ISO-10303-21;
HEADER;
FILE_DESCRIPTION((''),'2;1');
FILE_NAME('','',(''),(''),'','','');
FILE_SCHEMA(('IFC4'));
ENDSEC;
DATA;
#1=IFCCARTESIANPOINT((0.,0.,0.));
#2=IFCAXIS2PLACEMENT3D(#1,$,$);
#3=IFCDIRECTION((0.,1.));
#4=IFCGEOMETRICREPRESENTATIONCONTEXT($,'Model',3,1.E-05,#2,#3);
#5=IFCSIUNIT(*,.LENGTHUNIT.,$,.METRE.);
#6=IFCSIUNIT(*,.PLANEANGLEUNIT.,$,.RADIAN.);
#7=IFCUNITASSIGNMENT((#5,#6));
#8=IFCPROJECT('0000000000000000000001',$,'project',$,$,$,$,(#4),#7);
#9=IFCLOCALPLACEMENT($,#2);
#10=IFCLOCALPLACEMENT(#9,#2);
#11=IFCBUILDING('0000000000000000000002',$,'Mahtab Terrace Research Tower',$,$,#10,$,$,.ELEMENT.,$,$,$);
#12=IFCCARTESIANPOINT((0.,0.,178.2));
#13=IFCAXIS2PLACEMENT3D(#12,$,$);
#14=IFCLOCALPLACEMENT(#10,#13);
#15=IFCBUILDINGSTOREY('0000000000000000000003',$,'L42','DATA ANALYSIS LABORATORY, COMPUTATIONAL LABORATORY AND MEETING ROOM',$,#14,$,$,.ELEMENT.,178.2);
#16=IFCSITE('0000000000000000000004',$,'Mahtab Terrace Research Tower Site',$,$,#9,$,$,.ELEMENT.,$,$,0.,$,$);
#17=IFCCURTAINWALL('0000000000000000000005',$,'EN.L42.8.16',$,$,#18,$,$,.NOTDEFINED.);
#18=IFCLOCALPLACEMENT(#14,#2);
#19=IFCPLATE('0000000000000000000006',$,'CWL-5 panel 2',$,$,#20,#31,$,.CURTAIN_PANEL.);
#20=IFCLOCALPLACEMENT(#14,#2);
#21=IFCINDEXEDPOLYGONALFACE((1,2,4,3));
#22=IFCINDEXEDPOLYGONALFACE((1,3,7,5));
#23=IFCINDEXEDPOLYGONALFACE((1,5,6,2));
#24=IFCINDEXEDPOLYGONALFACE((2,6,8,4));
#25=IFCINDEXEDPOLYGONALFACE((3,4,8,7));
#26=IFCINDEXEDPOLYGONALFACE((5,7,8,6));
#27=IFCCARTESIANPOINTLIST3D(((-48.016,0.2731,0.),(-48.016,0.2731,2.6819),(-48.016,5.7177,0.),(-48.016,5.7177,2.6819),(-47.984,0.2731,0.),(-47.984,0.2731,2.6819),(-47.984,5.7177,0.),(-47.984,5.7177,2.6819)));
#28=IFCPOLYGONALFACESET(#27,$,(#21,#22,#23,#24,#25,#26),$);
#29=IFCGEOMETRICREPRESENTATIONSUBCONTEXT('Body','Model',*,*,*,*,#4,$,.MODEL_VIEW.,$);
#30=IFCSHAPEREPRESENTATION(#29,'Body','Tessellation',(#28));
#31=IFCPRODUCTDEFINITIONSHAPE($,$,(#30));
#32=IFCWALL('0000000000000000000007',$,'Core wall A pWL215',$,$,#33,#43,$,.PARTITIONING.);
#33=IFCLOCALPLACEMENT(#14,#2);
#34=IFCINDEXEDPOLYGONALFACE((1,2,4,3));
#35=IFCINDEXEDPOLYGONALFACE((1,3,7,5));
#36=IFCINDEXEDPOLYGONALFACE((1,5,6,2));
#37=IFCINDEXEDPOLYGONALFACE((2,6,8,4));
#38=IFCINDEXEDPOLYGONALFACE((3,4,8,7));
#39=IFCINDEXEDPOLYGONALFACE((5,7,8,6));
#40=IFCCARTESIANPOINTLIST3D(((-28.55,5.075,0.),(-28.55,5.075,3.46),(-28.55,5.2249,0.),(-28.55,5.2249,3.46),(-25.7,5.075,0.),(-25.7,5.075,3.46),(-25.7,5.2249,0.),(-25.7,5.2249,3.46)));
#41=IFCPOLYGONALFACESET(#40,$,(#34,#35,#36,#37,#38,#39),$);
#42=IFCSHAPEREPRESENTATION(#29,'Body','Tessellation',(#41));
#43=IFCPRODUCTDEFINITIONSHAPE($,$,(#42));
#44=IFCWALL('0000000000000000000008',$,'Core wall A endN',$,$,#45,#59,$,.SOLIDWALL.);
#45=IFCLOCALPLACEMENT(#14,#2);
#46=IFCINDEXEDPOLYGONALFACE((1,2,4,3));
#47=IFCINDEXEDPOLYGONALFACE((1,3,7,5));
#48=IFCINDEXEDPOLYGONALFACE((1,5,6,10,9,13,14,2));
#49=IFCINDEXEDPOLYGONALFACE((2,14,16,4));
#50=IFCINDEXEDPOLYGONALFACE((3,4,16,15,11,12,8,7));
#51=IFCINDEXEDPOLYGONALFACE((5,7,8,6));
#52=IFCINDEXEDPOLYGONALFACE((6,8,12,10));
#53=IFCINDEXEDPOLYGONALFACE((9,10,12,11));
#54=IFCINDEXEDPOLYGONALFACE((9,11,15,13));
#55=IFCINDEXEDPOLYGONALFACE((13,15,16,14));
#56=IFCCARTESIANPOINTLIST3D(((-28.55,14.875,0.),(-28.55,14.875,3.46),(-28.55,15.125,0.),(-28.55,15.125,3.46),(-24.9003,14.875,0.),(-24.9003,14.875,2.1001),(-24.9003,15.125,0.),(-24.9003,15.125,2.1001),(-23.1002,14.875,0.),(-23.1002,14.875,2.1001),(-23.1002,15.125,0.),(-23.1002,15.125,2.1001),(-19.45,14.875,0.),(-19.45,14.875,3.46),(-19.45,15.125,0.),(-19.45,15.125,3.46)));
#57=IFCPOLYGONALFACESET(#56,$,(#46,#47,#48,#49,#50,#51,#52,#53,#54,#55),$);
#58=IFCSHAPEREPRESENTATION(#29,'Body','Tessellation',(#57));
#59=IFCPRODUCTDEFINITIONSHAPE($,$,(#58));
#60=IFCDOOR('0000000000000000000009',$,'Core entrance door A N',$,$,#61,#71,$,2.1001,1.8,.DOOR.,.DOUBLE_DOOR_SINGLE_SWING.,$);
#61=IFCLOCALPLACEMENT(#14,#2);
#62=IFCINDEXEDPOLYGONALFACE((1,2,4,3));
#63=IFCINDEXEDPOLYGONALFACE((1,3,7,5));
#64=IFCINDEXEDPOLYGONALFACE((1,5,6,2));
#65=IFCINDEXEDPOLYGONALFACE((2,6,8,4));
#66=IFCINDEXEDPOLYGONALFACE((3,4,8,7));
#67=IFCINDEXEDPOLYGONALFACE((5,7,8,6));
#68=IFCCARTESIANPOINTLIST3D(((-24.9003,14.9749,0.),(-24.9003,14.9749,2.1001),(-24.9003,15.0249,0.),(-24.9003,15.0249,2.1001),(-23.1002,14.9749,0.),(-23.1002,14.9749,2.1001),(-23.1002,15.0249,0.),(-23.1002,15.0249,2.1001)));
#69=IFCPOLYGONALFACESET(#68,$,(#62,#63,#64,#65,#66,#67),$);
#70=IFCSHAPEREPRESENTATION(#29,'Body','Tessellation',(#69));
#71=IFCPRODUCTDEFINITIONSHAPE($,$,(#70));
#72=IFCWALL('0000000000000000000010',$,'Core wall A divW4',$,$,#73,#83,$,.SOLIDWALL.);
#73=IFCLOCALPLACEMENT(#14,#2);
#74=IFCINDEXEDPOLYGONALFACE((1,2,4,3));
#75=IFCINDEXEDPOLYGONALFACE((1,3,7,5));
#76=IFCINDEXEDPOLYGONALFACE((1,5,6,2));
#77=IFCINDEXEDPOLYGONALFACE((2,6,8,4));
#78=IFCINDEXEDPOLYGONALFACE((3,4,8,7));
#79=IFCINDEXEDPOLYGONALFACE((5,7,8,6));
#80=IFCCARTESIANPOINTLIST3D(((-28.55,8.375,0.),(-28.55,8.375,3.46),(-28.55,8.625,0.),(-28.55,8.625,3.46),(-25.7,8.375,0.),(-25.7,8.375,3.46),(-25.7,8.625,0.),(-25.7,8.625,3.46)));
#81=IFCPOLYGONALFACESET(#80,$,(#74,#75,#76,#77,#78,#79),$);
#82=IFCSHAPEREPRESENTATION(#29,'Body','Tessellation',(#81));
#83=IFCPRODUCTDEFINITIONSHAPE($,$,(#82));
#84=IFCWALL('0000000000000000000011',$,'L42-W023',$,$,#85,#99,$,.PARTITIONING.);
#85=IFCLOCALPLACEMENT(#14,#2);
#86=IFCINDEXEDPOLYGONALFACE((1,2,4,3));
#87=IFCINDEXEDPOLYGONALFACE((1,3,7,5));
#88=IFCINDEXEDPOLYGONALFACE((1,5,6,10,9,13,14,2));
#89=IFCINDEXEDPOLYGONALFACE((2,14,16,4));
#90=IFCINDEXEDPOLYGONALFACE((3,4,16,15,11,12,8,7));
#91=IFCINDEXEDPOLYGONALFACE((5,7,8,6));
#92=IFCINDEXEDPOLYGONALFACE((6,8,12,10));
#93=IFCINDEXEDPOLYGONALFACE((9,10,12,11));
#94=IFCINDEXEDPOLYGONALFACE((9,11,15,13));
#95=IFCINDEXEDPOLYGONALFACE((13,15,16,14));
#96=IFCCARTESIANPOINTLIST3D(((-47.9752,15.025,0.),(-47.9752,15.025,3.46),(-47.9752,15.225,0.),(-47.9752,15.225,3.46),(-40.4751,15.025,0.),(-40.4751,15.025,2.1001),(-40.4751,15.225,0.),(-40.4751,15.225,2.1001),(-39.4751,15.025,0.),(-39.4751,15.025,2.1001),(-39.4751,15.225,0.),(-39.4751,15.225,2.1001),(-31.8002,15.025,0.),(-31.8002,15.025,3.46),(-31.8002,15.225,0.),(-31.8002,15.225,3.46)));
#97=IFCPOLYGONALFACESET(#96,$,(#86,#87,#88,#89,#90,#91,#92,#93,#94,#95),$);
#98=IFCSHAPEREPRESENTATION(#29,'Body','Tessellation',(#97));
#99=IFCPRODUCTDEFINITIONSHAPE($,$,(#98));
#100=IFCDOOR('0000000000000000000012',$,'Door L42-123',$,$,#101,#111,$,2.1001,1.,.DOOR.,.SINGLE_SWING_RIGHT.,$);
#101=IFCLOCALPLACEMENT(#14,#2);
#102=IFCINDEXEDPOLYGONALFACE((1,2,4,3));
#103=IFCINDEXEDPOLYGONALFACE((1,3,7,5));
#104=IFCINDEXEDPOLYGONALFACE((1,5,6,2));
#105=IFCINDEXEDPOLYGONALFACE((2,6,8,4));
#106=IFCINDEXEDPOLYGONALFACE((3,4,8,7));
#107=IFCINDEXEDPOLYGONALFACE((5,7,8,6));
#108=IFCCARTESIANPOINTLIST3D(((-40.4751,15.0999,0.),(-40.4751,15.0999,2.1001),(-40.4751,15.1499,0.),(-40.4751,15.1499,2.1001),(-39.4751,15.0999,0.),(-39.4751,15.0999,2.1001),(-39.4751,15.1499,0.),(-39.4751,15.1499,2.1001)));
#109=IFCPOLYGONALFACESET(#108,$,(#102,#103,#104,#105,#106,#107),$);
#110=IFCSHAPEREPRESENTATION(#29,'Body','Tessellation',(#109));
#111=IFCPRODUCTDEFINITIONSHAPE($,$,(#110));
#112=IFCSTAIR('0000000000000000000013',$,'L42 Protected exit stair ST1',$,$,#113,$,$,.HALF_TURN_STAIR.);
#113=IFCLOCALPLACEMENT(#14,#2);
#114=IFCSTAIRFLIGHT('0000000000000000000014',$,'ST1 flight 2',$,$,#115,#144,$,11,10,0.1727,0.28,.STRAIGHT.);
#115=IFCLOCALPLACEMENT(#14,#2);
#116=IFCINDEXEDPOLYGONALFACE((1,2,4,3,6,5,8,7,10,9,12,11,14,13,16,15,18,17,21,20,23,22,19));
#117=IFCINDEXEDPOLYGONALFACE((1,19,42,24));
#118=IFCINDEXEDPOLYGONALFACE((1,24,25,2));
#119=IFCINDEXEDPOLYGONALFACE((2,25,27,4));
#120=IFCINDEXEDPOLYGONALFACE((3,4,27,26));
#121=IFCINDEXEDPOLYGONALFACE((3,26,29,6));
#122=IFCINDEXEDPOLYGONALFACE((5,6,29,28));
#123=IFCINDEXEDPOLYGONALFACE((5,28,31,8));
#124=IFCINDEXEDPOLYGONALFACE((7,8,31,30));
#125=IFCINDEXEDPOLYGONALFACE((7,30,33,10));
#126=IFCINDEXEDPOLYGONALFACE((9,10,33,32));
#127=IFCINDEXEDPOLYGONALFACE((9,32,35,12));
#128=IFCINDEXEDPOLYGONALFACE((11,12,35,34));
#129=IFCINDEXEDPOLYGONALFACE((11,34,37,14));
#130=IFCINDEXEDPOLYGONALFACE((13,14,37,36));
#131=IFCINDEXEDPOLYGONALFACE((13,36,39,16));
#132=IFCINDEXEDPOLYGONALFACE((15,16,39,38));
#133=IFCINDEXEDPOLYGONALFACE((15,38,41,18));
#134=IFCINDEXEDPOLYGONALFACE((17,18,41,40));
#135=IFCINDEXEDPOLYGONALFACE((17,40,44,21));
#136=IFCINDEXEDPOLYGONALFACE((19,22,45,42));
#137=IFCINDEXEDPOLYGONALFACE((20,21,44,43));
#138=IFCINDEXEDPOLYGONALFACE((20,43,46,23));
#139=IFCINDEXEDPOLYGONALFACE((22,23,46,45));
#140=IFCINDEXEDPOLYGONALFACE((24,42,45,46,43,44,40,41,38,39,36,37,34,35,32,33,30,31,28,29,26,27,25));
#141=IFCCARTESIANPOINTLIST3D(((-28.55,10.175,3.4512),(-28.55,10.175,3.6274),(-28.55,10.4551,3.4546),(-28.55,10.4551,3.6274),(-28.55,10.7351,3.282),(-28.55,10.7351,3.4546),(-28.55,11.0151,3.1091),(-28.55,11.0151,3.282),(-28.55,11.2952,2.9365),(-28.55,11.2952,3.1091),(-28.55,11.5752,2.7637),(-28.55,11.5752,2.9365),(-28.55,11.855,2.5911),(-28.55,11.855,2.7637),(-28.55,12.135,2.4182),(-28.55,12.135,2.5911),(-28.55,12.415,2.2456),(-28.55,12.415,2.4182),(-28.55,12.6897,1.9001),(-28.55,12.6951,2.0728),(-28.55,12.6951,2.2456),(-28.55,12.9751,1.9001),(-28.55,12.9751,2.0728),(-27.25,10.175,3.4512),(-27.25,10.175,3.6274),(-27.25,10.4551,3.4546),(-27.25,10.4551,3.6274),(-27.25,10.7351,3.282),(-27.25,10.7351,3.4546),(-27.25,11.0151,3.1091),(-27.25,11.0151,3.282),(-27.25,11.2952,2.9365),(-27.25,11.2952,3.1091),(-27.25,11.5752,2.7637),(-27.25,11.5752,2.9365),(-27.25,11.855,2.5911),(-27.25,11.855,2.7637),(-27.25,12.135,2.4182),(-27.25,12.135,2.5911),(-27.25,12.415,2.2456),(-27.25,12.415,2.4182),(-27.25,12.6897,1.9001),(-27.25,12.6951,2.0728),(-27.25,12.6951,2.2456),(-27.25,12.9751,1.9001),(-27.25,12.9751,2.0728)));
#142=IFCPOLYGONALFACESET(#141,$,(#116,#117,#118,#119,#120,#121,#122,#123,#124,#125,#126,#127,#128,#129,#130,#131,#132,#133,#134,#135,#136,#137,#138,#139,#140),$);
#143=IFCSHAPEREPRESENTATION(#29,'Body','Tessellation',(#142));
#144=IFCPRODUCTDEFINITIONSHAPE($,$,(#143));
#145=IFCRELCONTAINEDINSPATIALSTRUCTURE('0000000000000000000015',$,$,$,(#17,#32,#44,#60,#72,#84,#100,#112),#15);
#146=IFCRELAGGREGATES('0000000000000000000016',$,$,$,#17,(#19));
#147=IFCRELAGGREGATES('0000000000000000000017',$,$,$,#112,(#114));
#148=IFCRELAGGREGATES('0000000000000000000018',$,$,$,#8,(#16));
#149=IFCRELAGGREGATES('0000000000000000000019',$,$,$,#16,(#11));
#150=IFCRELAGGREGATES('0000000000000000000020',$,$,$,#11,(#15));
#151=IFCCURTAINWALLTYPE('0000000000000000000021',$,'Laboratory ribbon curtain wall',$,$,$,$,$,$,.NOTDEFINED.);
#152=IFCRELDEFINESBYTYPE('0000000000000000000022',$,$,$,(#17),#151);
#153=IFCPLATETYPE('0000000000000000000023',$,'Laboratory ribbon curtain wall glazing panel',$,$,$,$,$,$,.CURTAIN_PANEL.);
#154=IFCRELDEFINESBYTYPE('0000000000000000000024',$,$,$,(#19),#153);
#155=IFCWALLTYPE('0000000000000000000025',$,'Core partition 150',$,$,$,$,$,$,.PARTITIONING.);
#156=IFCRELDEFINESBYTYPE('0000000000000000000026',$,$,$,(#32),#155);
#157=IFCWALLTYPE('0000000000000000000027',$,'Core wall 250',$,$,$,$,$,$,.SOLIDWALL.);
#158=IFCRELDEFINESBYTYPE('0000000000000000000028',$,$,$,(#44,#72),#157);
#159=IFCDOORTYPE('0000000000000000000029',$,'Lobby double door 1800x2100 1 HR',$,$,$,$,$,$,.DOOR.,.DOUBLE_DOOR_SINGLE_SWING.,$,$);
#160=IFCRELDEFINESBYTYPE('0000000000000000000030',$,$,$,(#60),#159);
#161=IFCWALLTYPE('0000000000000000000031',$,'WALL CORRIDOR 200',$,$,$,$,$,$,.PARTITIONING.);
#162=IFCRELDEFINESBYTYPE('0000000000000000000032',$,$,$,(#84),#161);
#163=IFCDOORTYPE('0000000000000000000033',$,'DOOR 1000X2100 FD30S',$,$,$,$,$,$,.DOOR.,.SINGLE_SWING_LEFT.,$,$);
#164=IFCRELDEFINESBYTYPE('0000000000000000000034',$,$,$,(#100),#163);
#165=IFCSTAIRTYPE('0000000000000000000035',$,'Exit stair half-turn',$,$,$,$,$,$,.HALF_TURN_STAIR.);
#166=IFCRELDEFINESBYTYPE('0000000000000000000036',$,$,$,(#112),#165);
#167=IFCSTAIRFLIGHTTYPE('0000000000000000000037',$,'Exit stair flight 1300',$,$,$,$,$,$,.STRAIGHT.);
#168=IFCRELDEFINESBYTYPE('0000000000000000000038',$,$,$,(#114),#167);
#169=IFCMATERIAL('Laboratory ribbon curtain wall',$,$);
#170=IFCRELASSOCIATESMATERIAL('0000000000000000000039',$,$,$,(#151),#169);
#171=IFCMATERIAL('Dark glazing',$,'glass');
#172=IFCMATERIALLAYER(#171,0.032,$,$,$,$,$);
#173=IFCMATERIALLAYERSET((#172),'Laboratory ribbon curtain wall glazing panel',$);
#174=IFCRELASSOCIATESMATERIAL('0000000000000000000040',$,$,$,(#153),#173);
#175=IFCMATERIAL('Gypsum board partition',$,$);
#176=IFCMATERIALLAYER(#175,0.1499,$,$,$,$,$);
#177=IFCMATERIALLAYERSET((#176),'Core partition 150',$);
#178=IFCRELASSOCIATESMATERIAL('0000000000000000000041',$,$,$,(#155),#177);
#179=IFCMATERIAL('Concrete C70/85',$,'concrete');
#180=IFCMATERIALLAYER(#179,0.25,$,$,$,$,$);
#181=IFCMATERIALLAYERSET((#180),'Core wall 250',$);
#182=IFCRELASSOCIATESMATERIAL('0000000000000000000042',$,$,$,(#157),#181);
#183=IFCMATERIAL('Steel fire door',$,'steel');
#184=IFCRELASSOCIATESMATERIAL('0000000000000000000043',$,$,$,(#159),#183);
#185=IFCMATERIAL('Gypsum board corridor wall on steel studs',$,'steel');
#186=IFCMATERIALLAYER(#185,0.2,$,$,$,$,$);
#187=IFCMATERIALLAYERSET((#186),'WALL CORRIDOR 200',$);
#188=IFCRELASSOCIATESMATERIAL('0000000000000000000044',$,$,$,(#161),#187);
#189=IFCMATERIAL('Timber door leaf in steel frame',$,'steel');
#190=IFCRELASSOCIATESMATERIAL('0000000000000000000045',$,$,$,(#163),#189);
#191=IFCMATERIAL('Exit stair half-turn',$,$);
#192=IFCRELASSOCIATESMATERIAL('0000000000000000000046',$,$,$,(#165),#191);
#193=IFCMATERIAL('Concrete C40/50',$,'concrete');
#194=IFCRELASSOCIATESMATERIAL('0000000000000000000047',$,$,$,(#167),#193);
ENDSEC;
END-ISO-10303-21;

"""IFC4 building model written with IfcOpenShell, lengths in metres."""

from ifc_helpers import new_model, si_unit, direction, frame, frame_2d, origin, origin_2d, place, context, subcontext, project, spatial, polyline, rectangle, outline, extrude, material, layer, layer_set, type_object, element, fill, aggregate, save


model = new_model("IFC4")

# Units and contexts
model_context = context("Model", 3, precision=1e-05, world=origin(), true_north=direction((0.0, 1.0)))
body_context = subcontext(model_context, "Body", "Model", "MODEL_VIEW")
ifc_project = project(units=[si_unit("LENGTHUNIT", "METRE"), si_unit("PLANEANGLEUNIT", "RADIAN")], contexts=[model_context])

# Site, building, storey
site_placement = place(None, origin())
site = spatial("IfcSite", under=ifc_project, at=site_placement, Name="Mahtab Terrace Research Tower Site", CompositionType="ELEMENT", RefElevation=0.0)
building_placement = place(site_placement, origin())
building = spatial("IfcBuilding", under=site, at=building_placement, Name="Mahtab Terrace Research Tower", CompositionType="ELEMENT")
storey_placement = place(building_placement, frame((0.0, 0.0, 178.2)))
storey = spatial("IfcBuildingStorey", under=building, at=storey_placement, Name="L42", Description="DATA ANALYSIS LABORATORY, COMPUTATIONAL LABORATORY AND MEETING ROOM", CompositionType="ELEMENT", Elevation=178.2)

# Shared definitions
ifc_material_1 = material(Name="Concrete C70/85", Category="concrete")

# Shared definitions
ifc_material_2 = material(Name="Laboratory ribbon curtain wall")
curtain_wall_type = type_object("IfcCurtainWallType", Name="Laboratory ribbon curtain wall", PredefinedType="NOTDEFINED", material=ifc_material_2)

# Curtain wall
curtain_wall_1_placement = place(storey_placement, origin())
curtain_wall_1 = element("IfcCurtainWall", 1, at=curtain_wall_1_placement, inside=storey, type_object=curtain_wall_type, Name="EN.L42.8.16", PredefinedType="NOTDEFINED")

# Plate
ifc_material_3 = material(Name="Dark glazing", Category="glass")
ifc_layer_1 = layer(ifc_material_3, 0.032)
ifc_layer_set_1 = layer_set([ifc_layer_1], Name="Laboratory ribbon curtain wall glazing panel")
plate_type = type_object("IfcPlateType", Name="Laboratory ribbon curtain wall glazing panel", PredefinedType="CURTAIN_PANEL", material=ifc_layer_set_1)
plate_1_placement = place(storey_placement, frame((-48.0, 2.9954, 0.0), z_axis=(0.0, 0.0, 1.0), x_axis=(0.0, -1.0, 0.0)))
plate_1 = element("IfcPlate", 2, at=plate_1_placement, type_object=plate_type, Name="CWL-5 panel 2", PredefinedType="CURTAIN_PANEL", context=body_context, shape_type="SweptSolid", body=[
    extrude(rectangle(XDim=5.4446, YDim=0.032, at=origin_2d()), origin(), (0.0, 0.0, 1.0), 2.6819),
])
aggregate(curtain_wall_1, [plate_1])

# Wall
ifc_material_4 = material(Name="Gypsum board partition")
ifc_layer_2 = layer(ifc_material_4, 0.1499)
ifc_layer_set_2 = layer_set([ifc_layer_2], Name="Core partition 150")
wall_type_1 = type_object("IfcWallType", Name="Core partition 150", PredefinedType="PARTITIONING", material=ifc_layer_set_2)
wall_1_placement = place(storey_placement, frame((-28.55, 5.1499, 0.0), z_axis=(0.0, 0.0, 1.0), x_axis=(1.0, 0.0, 0.0)))
element("IfcWall", 3, at=wall_1_placement, inside=storey, type_object=wall_type_1, Name="Core wall A pWL215", PredefinedType="PARTITIONING", context=body_context, shape_type="SweptSolid", body=[
    extrude(rectangle(XDim=2.8501, YDim=0.1499, at=frame_2d((1.425, 0.0))), origin(), (0.0, 0.0, 1.0), 3.46),
])

# Wall, opening, door
ifc_layer_3 = layer(ifc_material_1, 0.25)
ifc_layer_set_3 = layer_set([ifc_layer_3], Name="Core wall 250")
wall_type_2 = type_object("IfcWallType", Name="Core wall 250", PredefinedType="SOLIDWALL", material=ifc_layer_set_3)
wall_2_placement = place(storey_placement, frame((-28.55, 15.0, 0.0), z_axis=(0.0, 0.0, 1.0), x_axis=(1.0, 0.0, 0.0)))
wall_2 = element("IfcWall", 4, at=wall_2_placement, inside=storey, type_object=wall_type_2, Name="Core wall A endN", PredefinedType="SOLIDWALL", context=body_context, shape_type="SweptSolid", body=[
    extrude(rectangle(XDim=9.1001, YDim=0.25, at=frame_2d((4.55, 0.0))), origin(), (0.0, 0.0, 1.0), 3.46),
])
opening_1_placement = place(wall_2_placement, frame((3.6499, 0.0, 0.0)))
opening_1 = element("IfcOpeningElement", 5, at=opening_1_placement, cuts=wall_2, PredefinedType="OPENING", context=body_context, shape_type="SweptSolid", body=[
    extrude(rectangle(XDim=1.8, YDim=2.1001, at=frame_2d((0.8999, 1.05))), frame((0.0, 0.135, 0.0), z_axis=(0.0, -1.0, 0.0), x_axis=(1.0, 0.0, 0.0)), (0.0, 0.0, 1.0), 0.27),
])
ifc_material_5 = material(Name="Steel fire door", Category="steel")
door_type_1 = type_object("IfcDoorType", Name="Lobby double door 1800x2100 1 HR", OperationType="DOUBLE_DOOR_SINGLE_SWING", PredefinedType="DOOR", material=ifc_material_5)
door_1_placement = place(opening_1_placement, origin())
door_1 = element("IfcDoor", 6, at=door_1_placement, inside=storey, type_object=door_type_1, Name="Core entrance door A N", OperationType="DOUBLE_DOOR_SINGLE_SWING", OverallHeight=2.1001, OverallWidth=1.8, PredefinedType="DOOR", context=body_context, shape_type="SweptSolid", body=[
    extrude(rectangle(XDim=1.8, YDim=2.1001, at=frame_2d((0.8999, 1.05))), frame((0.0, 0.0249, 0.0), z_axis=(0.0, -1.0, 0.0), x_axis=(1.0, 0.0, 0.0)), (0.0, 0.0, 1.0), 0.05),
])
fill(opening_1, door_1)

# Wall
wall_3_placement = place(storey_placement, frame((-28.55, 8.5, 0.0), z_axis=(0.0, 0.0, 1.0), x_axis=(1.0, 0.0, 0.0)))
element("IfcWall", 7, at=wall_3_placement, inside=storey, type_object=wall_type_2, Name="Core wall A divW4", PredefinedType="SOLIDWALL", context=body_context, shape_type="SweptSolid", body=[
    extrude(rectangle(XDim=2.8501, YDim=0.25, at=frame_2d((1.425, 0.0))), origin(), (0.0, 0.0, 1.0), 3.46),
])

# Wall, opening, door
ifc_material_6 = material(Name="Gypsum board corridor wall on steel studs", Category="steel")
ifc_layer_4 = layer(ifc_material_6, 0.2)
ifc_layer_set_4 = layer_set([ifc_layer_4], Name="WALL CORRIDOR 200")
wall_type_3 = type_object("IfcWallType", Name="WALL CORRIDOR 200", PredefinedType="PARTITIONING", material=ifc_layer_set_4)
wall_4_placement = place(storey_placement, frame((-47.9751, 15.125, 0.0), z_axis=(0.0, 0.0, 1.0), x_axis=(1.0, 0.0, 0.0)))
wall_4 = element("IfcWall", 8, at=wall_4_placement, inside=storey, type_object=wall_type_3, Name="L42-W023", PredefinedType="PARTITIONING", context=body_context, shape_type="SweptSolid", body=[
    extrude(rectangle(XDim=16.175, YDim=0.2, at=frame_2d((8.0874, 0.0))), origin(), (0.0, 0.0, 1.0), 3.46),
])
opening_2_placement = place(wall_4_placement, frame((7.5, 0.0, 0.0)))
opening_2 = element("IfcOpeningElement", 9, at=opening_2_placement, cuts=wall_4, PredefinedType="OPENING", context=body_context, shape_type="SweptSolid", body=[
    extrude(rectangle(XDim=1.0, YDim=2.1001, at=frame_2d((0.5, 1.05))), frame((0.0, 0.1099, 0.0), z_axis=(0.0, -1.0, 0.0), x_axis=(1.0, 0.0, 0.0)), (0.0, 0.0, 1.0), 0.22),
])
ifc_material_7 = material(Name="Timber door leaf in steel frame", Category="steel")
door_type_2 = type_object("IfcDoorType", Name="DOOR 1000X2100 FD30S", OperationType="SINGLE_SWING_LEFT", PredefinedType="DOOR", material=ifc_material_7)
door_2_placement = place(opening_2_placement, origin())
door_2 = element("IfcDoor", 10, at=door_2_placement, inside=storey, type_object=door_type_2, Name="Door L42-123", OperationType="SINGLE_SWING_RIGHT", OverallHeight=2.1001, OverallWidth=1.0, PredefinedType="DOOR", context=body_context, shape_type="SweptSolid", body=[
    extrude(rectangle(XDim=1.0, YDim=2.1001, at=frame_2d((0.5, 1.05))), frame((0.0, 0.0249, 0.0), z_axis=(0.0, -1.0, 0.0), x_axis=(1.0, 0.0, 0.0)), (0.0, 0.0, 1.0), 0.05),
])
fill(opening_2, door_2)

# Stair, stair flight
ifc_material_8 = material(Name="Exit stair half-turn")
stair_type = type_object("IfcStairType", Name="Exit stair half-turn", PredefinedType="HALF_TURN_STAIR", material=ifc_material_8)
stair_placement = place(storey_placement, origin())
stair = element("IfcStair", 11, at=stair_placement, inside=storey, type_object=stair_type, Name="L42 Protected exit stair ST1", PredefinedType="HALF_TURN_STAIR")
ifc_material_9 = material(Name="Concrete C40/50", Category="concrete")
stair_flight_type = type_object("IfcStairFlightType", Name="Exit stair flight 1300", PredefinedType="STRAIGHT", material=ifc_material_9)
stair_flight_placement = place(storey_placement, frame((-27.8999, 12.9751, 1.9001), z_axis=(0.0, 0.0, 1.0), x_axis=(0.0, -1.0, 0.0)))
stair_flight = element("IfcStairFlight", 12, at=stair_flight_placement, type_object=stair_flight_type, Name="ST1 flight 2", NumberOfRisers=11, NumberOfTreads=10, PredefinedType="STRAIGHT", RiserHeight=0.1727, TreadLength=0.28, context=body_context, shape_type="SweptSolid", body=[
    extrude(outline(polyline([(0.0, 0.0), (0.0, 0.1726), (0.28, 0.1726), (0.28, 0.3455), (0.5601, 0.3455), (0.5601, 0.5181), (0.8401, 0.5181), (0.8401, 0.6909), (1.1201, 0.6909), (1.1201, 0.8635), (1.3999, 0.8635), (1.3999, 1.0364), (1.6799, 1.0364), (1.6799, 1.209), (1.96, 1.209), (1.96, 1.3818), (2.24, 1.3818), (2.24, 1.5544), (2.52, 1.5544), (2.52, 1.7273), (2.8, 1.7273), (2.8, 1.8999), (2.8, 1.551), (0.2854, 0.0), (0.0, 0.0)])), frame((0.0, 0.6499, 0.0), z_axis=(0.0, -1.0, 0.0), x_axis=(1.0, 0.0, 0.0)), (0.0, 0.0, 1.0), 1.3),
])
aggregate(stair, [stair_flight])

save(model, "model.ifc")
